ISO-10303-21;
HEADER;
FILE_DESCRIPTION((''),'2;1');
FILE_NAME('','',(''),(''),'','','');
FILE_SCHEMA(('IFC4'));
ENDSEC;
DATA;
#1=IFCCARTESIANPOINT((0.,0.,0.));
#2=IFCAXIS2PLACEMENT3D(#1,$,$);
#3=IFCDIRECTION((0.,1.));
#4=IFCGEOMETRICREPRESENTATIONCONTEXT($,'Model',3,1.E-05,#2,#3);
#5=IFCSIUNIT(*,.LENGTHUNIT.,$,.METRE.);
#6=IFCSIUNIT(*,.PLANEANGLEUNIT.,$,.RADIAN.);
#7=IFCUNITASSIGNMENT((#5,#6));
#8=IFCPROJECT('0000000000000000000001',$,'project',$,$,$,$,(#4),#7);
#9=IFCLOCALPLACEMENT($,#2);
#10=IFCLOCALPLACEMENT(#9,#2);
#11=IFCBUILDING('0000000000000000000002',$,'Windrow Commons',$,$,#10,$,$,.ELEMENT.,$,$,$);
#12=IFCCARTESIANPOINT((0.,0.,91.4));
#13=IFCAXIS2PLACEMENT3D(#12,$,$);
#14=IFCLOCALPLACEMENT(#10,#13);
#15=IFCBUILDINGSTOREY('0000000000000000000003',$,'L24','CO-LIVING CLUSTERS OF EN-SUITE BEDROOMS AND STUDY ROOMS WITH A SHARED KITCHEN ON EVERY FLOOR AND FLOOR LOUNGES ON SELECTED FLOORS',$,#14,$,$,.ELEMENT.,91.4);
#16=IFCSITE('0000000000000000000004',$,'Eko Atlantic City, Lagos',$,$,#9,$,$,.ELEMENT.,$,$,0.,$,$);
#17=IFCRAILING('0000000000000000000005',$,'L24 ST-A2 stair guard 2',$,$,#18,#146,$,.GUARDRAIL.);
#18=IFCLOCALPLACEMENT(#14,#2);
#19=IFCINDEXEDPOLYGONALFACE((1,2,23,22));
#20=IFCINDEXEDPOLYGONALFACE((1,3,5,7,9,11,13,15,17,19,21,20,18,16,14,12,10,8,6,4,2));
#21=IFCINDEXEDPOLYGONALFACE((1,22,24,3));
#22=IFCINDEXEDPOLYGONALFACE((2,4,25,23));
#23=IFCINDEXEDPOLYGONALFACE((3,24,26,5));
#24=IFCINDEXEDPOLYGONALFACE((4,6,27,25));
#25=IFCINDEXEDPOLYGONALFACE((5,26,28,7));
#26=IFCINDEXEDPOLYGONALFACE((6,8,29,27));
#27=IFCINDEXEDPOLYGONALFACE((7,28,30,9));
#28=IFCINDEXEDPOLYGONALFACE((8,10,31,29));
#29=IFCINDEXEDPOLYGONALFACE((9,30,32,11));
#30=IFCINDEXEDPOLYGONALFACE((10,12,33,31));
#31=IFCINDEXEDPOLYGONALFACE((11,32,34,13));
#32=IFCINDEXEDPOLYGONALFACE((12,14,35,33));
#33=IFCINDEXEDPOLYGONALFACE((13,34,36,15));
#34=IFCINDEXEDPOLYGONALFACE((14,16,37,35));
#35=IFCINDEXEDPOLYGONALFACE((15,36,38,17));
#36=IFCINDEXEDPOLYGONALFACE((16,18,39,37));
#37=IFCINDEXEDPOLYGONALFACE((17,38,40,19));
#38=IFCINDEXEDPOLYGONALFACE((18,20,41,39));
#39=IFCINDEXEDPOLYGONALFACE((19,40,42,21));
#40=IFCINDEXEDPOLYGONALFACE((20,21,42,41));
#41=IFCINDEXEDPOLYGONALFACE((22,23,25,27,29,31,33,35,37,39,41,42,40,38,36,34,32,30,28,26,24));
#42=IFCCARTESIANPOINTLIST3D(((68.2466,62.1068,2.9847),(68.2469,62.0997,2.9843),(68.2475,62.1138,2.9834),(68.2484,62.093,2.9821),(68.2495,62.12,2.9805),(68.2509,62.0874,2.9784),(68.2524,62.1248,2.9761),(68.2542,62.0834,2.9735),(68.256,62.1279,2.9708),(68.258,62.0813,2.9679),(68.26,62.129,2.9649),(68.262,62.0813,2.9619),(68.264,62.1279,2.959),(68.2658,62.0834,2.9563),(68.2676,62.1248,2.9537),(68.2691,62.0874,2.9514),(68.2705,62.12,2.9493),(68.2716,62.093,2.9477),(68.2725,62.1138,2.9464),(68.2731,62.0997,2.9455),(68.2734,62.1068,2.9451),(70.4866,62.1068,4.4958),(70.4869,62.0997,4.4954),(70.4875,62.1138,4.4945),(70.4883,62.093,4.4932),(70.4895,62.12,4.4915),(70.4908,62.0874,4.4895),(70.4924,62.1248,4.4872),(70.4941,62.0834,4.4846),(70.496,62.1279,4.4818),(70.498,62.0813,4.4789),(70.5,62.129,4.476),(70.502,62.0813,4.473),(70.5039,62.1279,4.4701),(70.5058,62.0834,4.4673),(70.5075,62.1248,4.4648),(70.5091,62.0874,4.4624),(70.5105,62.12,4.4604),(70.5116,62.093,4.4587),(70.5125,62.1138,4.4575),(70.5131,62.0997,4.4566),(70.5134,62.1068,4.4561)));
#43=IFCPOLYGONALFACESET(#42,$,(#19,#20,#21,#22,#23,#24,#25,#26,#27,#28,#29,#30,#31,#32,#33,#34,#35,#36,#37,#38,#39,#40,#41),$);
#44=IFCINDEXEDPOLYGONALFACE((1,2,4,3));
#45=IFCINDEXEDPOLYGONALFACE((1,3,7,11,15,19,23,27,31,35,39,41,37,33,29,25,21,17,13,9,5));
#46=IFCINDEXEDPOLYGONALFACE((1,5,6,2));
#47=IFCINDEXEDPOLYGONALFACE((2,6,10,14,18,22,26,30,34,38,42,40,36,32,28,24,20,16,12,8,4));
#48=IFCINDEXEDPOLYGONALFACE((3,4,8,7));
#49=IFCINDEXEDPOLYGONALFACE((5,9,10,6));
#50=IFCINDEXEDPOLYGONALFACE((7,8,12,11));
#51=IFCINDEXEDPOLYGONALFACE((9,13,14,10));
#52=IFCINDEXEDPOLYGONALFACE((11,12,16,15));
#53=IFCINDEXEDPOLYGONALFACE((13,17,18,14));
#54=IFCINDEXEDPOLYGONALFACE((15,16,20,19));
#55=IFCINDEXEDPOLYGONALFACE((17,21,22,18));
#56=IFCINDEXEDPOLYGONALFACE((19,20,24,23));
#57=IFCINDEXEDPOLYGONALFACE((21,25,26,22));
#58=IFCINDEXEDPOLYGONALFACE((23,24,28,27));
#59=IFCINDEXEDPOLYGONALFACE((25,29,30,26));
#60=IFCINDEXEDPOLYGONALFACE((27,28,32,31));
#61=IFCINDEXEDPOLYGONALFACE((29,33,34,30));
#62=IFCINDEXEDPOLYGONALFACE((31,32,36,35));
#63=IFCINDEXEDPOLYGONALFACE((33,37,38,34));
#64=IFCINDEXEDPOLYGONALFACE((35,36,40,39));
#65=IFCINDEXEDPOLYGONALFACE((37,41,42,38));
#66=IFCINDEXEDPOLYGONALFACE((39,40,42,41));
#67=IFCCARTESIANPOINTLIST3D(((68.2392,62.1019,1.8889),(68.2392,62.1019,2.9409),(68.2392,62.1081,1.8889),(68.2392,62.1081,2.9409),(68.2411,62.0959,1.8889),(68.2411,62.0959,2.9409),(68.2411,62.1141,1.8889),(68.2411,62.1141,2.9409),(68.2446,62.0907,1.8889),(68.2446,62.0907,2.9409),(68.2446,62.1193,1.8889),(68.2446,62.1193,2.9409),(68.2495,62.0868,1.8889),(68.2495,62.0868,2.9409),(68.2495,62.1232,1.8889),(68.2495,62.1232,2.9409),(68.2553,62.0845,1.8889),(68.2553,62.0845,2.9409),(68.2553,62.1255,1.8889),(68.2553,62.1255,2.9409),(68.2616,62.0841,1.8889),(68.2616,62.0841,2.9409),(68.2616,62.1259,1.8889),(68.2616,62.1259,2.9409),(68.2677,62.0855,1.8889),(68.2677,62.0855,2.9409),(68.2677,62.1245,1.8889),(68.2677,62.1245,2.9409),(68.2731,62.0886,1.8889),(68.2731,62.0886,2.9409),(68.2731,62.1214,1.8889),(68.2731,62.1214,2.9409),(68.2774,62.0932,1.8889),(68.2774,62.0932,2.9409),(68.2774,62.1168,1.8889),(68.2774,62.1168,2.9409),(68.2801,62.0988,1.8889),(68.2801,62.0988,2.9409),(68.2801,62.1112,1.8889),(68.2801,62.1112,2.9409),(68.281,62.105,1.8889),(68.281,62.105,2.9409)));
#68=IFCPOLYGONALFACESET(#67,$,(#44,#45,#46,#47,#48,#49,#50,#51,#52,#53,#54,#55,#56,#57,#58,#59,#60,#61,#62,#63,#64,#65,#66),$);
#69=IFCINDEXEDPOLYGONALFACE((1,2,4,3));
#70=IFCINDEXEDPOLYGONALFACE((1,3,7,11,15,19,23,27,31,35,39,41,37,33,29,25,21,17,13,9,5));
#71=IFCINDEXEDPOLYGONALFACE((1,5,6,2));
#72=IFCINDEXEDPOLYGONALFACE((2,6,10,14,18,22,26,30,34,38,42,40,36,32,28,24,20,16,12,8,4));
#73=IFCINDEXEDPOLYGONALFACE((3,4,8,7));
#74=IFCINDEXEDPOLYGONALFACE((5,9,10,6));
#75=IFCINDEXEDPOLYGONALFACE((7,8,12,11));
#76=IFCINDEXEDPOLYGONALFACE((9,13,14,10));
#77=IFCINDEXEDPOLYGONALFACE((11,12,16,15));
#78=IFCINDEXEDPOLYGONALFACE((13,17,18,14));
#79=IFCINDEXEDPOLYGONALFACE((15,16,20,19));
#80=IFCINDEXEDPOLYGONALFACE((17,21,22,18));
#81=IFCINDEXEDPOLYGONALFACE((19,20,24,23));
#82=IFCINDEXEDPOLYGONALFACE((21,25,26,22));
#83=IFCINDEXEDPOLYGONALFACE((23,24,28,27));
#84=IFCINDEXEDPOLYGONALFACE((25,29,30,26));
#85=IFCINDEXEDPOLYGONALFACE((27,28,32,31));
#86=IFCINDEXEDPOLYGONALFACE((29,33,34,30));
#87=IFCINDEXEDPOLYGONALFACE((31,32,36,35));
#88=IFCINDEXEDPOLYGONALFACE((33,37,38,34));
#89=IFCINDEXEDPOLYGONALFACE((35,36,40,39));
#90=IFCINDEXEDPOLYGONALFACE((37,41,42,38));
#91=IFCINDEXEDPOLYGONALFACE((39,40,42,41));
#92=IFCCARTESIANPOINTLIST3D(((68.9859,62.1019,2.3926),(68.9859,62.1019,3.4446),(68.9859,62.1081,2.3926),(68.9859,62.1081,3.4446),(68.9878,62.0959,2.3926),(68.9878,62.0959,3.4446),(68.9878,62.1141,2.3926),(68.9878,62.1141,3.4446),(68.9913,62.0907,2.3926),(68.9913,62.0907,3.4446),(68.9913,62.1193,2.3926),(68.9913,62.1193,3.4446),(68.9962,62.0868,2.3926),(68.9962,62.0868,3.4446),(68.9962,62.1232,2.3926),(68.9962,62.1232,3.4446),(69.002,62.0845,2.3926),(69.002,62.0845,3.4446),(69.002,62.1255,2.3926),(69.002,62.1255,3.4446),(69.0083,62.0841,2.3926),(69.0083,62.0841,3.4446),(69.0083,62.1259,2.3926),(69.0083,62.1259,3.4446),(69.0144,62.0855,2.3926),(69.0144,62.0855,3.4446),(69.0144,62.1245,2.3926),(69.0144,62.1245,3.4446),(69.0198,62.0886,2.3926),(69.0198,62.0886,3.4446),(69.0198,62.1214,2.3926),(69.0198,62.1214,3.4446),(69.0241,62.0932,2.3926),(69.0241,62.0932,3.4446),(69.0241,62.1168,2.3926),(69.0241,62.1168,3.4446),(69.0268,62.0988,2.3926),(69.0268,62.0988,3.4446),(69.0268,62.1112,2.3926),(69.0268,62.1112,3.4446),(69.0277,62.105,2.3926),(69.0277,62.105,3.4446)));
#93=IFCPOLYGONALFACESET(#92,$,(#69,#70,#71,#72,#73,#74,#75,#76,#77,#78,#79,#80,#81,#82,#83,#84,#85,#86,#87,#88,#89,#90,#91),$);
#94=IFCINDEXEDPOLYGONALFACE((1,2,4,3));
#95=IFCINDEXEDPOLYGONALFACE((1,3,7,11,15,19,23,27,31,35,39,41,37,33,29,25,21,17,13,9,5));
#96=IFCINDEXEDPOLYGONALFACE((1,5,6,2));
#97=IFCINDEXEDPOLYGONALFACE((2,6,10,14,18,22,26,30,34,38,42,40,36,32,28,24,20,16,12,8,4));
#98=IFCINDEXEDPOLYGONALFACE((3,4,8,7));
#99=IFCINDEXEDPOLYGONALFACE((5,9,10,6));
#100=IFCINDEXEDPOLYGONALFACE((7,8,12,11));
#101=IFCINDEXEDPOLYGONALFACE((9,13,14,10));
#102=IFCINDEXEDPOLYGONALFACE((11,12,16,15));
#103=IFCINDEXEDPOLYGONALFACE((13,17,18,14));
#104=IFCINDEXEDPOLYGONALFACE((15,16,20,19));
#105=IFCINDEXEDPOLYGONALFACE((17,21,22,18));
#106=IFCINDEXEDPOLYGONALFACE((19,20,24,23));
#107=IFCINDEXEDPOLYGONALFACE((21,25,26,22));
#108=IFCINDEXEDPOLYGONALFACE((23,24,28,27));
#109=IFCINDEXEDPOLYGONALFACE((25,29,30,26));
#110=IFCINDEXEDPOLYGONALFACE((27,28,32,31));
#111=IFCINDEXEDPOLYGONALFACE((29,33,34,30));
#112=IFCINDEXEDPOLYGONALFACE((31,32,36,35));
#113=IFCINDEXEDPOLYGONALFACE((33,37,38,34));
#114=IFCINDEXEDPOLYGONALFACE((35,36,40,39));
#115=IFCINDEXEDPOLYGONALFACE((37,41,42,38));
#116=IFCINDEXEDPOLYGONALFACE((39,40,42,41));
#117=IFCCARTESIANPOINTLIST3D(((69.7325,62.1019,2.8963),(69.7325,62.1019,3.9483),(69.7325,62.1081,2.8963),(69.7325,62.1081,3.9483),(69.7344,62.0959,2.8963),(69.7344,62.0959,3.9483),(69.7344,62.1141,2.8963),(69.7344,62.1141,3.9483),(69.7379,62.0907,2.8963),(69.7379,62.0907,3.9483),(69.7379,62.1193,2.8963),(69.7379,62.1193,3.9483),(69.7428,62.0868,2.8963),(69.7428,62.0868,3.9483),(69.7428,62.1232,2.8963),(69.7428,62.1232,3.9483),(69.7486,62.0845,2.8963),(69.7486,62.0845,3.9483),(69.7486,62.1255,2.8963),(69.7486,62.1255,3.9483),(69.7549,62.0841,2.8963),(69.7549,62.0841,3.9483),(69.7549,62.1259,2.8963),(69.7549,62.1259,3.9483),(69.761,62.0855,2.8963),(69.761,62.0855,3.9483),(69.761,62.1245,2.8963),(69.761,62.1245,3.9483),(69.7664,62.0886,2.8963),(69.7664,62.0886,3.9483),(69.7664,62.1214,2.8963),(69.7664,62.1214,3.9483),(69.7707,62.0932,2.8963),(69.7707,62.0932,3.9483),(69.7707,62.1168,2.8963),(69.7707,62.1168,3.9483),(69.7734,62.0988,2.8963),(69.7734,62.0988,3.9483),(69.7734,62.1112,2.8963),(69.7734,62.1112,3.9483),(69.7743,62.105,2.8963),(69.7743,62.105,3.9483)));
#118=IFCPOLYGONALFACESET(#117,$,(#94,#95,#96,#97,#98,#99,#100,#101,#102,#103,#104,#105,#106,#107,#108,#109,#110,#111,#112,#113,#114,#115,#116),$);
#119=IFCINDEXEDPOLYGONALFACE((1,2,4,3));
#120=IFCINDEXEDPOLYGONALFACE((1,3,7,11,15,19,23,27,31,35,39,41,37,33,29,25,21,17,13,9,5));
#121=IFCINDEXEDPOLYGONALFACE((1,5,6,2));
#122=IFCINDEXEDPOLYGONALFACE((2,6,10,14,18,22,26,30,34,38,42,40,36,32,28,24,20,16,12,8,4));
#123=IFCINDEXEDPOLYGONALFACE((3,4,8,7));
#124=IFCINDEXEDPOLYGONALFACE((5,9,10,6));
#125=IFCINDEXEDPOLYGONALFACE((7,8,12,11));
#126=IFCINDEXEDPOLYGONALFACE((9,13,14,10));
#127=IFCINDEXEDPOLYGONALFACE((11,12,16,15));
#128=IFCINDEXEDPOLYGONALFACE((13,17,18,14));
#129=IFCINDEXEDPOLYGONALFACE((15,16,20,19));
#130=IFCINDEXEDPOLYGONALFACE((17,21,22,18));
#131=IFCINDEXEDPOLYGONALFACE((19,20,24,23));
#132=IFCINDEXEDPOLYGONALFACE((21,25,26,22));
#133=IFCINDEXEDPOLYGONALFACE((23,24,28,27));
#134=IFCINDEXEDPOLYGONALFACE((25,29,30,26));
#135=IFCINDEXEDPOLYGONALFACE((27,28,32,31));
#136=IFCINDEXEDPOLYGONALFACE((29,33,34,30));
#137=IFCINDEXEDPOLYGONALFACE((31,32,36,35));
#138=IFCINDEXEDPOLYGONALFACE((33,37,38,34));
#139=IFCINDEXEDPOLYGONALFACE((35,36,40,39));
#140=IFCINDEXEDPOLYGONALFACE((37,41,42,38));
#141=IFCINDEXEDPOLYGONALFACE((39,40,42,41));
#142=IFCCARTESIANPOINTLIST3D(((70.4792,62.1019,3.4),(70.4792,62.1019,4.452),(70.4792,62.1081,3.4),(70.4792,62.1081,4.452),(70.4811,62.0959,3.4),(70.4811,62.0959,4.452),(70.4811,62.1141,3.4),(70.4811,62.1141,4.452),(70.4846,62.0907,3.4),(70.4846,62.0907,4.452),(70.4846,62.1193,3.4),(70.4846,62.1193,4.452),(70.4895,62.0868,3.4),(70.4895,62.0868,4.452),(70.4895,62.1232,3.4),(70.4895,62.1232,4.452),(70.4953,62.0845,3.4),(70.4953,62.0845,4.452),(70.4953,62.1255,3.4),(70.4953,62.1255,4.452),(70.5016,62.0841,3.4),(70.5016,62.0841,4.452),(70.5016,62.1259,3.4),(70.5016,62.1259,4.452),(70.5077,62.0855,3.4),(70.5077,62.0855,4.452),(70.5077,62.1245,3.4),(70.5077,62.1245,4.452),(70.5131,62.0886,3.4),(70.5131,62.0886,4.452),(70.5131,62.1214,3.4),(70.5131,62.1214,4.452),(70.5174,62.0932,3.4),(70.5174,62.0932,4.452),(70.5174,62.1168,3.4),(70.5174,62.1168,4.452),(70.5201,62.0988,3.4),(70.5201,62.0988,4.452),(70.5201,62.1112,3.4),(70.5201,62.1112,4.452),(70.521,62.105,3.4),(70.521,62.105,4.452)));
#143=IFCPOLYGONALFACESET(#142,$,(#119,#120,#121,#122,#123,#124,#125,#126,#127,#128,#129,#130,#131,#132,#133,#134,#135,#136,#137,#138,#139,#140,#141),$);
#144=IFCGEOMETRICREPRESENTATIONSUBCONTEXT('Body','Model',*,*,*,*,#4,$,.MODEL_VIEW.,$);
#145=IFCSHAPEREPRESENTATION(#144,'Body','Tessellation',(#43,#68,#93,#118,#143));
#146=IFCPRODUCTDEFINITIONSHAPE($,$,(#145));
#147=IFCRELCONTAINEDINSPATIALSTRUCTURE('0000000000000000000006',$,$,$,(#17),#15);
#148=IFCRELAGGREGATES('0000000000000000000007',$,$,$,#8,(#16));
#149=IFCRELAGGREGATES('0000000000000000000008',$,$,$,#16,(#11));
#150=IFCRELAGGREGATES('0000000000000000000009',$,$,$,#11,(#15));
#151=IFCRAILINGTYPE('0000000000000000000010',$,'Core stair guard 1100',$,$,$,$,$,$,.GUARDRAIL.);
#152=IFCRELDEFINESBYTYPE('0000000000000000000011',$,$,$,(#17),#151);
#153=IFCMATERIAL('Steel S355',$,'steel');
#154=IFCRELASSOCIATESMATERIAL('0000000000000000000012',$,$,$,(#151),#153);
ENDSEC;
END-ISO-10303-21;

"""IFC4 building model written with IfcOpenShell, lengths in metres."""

from ifc_helpers import new_model, si_unit, direction, frame, origin, origin_2d, place, context, subcontext, project, spatial, circle, extrude, material, type_object, element, save


model = new_model("IFC4")

# Units and contexts
model_context = context("Model", 3, precision=1e-05, world=origin(), true_north=direction((0.0, 1.0)))
body_context = subcontext(model_context, "Body", "Model", "MODEL_VIEW")
ifc_project = project(units=[si_unit("LENGTHUNIT", "METRE"), si_unit("PLANEANGLEUNIT", "RADIAN")], contexts=[model_context])

# Site, building, storey
site_placement = place(None, origin())
site = spatial("IfcSite", under=ifc_project, at=site_placement, Name="Eko Atlantic City, Lagos", CompositionType="ELEMENT", RefElevation=0.0)
building_placement = place(site_placement, origin())
building = spatial("IfcBuilding", under=site, at=building_placement, Name="Windrow Commons", CompositionType="ELEMENT")
storey_placement = place(building_placement, frame((0.0, 0.0, 91.4)))
storey = spatial("IfcBuildingStorey", under=building, at=storey_placement, Name="L24", Description="CO-LIVING CLUSTERS OF EN-SUITE BEDROOMS AND STUDY ROOMS WITH A SHARED KITCHEN ON EVERY FLOOR AND FLOOR LOUNGES ON SELECTED FLOORS", CompositionType="ELEMENT", Elevation=91.4)

# Railing
ifc_material_1 = material(Name="Steel S355", Category="steel")
railing_type_1 = type_object("IfcRailingType", Name="Core stair guard 1100", PredefinedType="GUARDRAIL", material=ifc_material_1)
railing_1_placement = place(storey_placement, frame((68.26, 62.105, 1.8889)))
element("IfcRailing", 1, at=railing_1_placement, inside=storey, type_object=railing_type_1, Name="L24 ST-A2 stair guard 2", PredefinedType="GUARDRAIL", context=body_context, shape_type="SweptSolid", body=[
    extrude(circle(Radius=0.024, at=origin_2d()), frame((0.0, 0.0, 1.076), z_axis=(0.829003, 0.0, 0.559244), x_axis=(0.0, 1.0, 0.0)), (0.0, 0.0, 1.0), 2.702),
    extrude(circle(Radius=0.021, at=origin_2d()), origin(), (0.0, 0.0, 1.0), 1.052),
    extrude(circle(Radius=0.021, at=origin_2d()), frame((0.7467, 0.0, 0.5037)), (0.0, 0.0, 1.0), 1.052),
    extrude(circle(Radius=0.021, at=origin_2d()), frame((1.4933, 0.0, 1.0074)), (0.0, 0.0, 1.0), 1.052),
    extrude(circle(Radius=0.021, at=origin_2d()), frame((2.24, 0.0, 1.5111)), (0.0, 0.0, 1.0), 1.052),
])

save(model, "model.ifc")
